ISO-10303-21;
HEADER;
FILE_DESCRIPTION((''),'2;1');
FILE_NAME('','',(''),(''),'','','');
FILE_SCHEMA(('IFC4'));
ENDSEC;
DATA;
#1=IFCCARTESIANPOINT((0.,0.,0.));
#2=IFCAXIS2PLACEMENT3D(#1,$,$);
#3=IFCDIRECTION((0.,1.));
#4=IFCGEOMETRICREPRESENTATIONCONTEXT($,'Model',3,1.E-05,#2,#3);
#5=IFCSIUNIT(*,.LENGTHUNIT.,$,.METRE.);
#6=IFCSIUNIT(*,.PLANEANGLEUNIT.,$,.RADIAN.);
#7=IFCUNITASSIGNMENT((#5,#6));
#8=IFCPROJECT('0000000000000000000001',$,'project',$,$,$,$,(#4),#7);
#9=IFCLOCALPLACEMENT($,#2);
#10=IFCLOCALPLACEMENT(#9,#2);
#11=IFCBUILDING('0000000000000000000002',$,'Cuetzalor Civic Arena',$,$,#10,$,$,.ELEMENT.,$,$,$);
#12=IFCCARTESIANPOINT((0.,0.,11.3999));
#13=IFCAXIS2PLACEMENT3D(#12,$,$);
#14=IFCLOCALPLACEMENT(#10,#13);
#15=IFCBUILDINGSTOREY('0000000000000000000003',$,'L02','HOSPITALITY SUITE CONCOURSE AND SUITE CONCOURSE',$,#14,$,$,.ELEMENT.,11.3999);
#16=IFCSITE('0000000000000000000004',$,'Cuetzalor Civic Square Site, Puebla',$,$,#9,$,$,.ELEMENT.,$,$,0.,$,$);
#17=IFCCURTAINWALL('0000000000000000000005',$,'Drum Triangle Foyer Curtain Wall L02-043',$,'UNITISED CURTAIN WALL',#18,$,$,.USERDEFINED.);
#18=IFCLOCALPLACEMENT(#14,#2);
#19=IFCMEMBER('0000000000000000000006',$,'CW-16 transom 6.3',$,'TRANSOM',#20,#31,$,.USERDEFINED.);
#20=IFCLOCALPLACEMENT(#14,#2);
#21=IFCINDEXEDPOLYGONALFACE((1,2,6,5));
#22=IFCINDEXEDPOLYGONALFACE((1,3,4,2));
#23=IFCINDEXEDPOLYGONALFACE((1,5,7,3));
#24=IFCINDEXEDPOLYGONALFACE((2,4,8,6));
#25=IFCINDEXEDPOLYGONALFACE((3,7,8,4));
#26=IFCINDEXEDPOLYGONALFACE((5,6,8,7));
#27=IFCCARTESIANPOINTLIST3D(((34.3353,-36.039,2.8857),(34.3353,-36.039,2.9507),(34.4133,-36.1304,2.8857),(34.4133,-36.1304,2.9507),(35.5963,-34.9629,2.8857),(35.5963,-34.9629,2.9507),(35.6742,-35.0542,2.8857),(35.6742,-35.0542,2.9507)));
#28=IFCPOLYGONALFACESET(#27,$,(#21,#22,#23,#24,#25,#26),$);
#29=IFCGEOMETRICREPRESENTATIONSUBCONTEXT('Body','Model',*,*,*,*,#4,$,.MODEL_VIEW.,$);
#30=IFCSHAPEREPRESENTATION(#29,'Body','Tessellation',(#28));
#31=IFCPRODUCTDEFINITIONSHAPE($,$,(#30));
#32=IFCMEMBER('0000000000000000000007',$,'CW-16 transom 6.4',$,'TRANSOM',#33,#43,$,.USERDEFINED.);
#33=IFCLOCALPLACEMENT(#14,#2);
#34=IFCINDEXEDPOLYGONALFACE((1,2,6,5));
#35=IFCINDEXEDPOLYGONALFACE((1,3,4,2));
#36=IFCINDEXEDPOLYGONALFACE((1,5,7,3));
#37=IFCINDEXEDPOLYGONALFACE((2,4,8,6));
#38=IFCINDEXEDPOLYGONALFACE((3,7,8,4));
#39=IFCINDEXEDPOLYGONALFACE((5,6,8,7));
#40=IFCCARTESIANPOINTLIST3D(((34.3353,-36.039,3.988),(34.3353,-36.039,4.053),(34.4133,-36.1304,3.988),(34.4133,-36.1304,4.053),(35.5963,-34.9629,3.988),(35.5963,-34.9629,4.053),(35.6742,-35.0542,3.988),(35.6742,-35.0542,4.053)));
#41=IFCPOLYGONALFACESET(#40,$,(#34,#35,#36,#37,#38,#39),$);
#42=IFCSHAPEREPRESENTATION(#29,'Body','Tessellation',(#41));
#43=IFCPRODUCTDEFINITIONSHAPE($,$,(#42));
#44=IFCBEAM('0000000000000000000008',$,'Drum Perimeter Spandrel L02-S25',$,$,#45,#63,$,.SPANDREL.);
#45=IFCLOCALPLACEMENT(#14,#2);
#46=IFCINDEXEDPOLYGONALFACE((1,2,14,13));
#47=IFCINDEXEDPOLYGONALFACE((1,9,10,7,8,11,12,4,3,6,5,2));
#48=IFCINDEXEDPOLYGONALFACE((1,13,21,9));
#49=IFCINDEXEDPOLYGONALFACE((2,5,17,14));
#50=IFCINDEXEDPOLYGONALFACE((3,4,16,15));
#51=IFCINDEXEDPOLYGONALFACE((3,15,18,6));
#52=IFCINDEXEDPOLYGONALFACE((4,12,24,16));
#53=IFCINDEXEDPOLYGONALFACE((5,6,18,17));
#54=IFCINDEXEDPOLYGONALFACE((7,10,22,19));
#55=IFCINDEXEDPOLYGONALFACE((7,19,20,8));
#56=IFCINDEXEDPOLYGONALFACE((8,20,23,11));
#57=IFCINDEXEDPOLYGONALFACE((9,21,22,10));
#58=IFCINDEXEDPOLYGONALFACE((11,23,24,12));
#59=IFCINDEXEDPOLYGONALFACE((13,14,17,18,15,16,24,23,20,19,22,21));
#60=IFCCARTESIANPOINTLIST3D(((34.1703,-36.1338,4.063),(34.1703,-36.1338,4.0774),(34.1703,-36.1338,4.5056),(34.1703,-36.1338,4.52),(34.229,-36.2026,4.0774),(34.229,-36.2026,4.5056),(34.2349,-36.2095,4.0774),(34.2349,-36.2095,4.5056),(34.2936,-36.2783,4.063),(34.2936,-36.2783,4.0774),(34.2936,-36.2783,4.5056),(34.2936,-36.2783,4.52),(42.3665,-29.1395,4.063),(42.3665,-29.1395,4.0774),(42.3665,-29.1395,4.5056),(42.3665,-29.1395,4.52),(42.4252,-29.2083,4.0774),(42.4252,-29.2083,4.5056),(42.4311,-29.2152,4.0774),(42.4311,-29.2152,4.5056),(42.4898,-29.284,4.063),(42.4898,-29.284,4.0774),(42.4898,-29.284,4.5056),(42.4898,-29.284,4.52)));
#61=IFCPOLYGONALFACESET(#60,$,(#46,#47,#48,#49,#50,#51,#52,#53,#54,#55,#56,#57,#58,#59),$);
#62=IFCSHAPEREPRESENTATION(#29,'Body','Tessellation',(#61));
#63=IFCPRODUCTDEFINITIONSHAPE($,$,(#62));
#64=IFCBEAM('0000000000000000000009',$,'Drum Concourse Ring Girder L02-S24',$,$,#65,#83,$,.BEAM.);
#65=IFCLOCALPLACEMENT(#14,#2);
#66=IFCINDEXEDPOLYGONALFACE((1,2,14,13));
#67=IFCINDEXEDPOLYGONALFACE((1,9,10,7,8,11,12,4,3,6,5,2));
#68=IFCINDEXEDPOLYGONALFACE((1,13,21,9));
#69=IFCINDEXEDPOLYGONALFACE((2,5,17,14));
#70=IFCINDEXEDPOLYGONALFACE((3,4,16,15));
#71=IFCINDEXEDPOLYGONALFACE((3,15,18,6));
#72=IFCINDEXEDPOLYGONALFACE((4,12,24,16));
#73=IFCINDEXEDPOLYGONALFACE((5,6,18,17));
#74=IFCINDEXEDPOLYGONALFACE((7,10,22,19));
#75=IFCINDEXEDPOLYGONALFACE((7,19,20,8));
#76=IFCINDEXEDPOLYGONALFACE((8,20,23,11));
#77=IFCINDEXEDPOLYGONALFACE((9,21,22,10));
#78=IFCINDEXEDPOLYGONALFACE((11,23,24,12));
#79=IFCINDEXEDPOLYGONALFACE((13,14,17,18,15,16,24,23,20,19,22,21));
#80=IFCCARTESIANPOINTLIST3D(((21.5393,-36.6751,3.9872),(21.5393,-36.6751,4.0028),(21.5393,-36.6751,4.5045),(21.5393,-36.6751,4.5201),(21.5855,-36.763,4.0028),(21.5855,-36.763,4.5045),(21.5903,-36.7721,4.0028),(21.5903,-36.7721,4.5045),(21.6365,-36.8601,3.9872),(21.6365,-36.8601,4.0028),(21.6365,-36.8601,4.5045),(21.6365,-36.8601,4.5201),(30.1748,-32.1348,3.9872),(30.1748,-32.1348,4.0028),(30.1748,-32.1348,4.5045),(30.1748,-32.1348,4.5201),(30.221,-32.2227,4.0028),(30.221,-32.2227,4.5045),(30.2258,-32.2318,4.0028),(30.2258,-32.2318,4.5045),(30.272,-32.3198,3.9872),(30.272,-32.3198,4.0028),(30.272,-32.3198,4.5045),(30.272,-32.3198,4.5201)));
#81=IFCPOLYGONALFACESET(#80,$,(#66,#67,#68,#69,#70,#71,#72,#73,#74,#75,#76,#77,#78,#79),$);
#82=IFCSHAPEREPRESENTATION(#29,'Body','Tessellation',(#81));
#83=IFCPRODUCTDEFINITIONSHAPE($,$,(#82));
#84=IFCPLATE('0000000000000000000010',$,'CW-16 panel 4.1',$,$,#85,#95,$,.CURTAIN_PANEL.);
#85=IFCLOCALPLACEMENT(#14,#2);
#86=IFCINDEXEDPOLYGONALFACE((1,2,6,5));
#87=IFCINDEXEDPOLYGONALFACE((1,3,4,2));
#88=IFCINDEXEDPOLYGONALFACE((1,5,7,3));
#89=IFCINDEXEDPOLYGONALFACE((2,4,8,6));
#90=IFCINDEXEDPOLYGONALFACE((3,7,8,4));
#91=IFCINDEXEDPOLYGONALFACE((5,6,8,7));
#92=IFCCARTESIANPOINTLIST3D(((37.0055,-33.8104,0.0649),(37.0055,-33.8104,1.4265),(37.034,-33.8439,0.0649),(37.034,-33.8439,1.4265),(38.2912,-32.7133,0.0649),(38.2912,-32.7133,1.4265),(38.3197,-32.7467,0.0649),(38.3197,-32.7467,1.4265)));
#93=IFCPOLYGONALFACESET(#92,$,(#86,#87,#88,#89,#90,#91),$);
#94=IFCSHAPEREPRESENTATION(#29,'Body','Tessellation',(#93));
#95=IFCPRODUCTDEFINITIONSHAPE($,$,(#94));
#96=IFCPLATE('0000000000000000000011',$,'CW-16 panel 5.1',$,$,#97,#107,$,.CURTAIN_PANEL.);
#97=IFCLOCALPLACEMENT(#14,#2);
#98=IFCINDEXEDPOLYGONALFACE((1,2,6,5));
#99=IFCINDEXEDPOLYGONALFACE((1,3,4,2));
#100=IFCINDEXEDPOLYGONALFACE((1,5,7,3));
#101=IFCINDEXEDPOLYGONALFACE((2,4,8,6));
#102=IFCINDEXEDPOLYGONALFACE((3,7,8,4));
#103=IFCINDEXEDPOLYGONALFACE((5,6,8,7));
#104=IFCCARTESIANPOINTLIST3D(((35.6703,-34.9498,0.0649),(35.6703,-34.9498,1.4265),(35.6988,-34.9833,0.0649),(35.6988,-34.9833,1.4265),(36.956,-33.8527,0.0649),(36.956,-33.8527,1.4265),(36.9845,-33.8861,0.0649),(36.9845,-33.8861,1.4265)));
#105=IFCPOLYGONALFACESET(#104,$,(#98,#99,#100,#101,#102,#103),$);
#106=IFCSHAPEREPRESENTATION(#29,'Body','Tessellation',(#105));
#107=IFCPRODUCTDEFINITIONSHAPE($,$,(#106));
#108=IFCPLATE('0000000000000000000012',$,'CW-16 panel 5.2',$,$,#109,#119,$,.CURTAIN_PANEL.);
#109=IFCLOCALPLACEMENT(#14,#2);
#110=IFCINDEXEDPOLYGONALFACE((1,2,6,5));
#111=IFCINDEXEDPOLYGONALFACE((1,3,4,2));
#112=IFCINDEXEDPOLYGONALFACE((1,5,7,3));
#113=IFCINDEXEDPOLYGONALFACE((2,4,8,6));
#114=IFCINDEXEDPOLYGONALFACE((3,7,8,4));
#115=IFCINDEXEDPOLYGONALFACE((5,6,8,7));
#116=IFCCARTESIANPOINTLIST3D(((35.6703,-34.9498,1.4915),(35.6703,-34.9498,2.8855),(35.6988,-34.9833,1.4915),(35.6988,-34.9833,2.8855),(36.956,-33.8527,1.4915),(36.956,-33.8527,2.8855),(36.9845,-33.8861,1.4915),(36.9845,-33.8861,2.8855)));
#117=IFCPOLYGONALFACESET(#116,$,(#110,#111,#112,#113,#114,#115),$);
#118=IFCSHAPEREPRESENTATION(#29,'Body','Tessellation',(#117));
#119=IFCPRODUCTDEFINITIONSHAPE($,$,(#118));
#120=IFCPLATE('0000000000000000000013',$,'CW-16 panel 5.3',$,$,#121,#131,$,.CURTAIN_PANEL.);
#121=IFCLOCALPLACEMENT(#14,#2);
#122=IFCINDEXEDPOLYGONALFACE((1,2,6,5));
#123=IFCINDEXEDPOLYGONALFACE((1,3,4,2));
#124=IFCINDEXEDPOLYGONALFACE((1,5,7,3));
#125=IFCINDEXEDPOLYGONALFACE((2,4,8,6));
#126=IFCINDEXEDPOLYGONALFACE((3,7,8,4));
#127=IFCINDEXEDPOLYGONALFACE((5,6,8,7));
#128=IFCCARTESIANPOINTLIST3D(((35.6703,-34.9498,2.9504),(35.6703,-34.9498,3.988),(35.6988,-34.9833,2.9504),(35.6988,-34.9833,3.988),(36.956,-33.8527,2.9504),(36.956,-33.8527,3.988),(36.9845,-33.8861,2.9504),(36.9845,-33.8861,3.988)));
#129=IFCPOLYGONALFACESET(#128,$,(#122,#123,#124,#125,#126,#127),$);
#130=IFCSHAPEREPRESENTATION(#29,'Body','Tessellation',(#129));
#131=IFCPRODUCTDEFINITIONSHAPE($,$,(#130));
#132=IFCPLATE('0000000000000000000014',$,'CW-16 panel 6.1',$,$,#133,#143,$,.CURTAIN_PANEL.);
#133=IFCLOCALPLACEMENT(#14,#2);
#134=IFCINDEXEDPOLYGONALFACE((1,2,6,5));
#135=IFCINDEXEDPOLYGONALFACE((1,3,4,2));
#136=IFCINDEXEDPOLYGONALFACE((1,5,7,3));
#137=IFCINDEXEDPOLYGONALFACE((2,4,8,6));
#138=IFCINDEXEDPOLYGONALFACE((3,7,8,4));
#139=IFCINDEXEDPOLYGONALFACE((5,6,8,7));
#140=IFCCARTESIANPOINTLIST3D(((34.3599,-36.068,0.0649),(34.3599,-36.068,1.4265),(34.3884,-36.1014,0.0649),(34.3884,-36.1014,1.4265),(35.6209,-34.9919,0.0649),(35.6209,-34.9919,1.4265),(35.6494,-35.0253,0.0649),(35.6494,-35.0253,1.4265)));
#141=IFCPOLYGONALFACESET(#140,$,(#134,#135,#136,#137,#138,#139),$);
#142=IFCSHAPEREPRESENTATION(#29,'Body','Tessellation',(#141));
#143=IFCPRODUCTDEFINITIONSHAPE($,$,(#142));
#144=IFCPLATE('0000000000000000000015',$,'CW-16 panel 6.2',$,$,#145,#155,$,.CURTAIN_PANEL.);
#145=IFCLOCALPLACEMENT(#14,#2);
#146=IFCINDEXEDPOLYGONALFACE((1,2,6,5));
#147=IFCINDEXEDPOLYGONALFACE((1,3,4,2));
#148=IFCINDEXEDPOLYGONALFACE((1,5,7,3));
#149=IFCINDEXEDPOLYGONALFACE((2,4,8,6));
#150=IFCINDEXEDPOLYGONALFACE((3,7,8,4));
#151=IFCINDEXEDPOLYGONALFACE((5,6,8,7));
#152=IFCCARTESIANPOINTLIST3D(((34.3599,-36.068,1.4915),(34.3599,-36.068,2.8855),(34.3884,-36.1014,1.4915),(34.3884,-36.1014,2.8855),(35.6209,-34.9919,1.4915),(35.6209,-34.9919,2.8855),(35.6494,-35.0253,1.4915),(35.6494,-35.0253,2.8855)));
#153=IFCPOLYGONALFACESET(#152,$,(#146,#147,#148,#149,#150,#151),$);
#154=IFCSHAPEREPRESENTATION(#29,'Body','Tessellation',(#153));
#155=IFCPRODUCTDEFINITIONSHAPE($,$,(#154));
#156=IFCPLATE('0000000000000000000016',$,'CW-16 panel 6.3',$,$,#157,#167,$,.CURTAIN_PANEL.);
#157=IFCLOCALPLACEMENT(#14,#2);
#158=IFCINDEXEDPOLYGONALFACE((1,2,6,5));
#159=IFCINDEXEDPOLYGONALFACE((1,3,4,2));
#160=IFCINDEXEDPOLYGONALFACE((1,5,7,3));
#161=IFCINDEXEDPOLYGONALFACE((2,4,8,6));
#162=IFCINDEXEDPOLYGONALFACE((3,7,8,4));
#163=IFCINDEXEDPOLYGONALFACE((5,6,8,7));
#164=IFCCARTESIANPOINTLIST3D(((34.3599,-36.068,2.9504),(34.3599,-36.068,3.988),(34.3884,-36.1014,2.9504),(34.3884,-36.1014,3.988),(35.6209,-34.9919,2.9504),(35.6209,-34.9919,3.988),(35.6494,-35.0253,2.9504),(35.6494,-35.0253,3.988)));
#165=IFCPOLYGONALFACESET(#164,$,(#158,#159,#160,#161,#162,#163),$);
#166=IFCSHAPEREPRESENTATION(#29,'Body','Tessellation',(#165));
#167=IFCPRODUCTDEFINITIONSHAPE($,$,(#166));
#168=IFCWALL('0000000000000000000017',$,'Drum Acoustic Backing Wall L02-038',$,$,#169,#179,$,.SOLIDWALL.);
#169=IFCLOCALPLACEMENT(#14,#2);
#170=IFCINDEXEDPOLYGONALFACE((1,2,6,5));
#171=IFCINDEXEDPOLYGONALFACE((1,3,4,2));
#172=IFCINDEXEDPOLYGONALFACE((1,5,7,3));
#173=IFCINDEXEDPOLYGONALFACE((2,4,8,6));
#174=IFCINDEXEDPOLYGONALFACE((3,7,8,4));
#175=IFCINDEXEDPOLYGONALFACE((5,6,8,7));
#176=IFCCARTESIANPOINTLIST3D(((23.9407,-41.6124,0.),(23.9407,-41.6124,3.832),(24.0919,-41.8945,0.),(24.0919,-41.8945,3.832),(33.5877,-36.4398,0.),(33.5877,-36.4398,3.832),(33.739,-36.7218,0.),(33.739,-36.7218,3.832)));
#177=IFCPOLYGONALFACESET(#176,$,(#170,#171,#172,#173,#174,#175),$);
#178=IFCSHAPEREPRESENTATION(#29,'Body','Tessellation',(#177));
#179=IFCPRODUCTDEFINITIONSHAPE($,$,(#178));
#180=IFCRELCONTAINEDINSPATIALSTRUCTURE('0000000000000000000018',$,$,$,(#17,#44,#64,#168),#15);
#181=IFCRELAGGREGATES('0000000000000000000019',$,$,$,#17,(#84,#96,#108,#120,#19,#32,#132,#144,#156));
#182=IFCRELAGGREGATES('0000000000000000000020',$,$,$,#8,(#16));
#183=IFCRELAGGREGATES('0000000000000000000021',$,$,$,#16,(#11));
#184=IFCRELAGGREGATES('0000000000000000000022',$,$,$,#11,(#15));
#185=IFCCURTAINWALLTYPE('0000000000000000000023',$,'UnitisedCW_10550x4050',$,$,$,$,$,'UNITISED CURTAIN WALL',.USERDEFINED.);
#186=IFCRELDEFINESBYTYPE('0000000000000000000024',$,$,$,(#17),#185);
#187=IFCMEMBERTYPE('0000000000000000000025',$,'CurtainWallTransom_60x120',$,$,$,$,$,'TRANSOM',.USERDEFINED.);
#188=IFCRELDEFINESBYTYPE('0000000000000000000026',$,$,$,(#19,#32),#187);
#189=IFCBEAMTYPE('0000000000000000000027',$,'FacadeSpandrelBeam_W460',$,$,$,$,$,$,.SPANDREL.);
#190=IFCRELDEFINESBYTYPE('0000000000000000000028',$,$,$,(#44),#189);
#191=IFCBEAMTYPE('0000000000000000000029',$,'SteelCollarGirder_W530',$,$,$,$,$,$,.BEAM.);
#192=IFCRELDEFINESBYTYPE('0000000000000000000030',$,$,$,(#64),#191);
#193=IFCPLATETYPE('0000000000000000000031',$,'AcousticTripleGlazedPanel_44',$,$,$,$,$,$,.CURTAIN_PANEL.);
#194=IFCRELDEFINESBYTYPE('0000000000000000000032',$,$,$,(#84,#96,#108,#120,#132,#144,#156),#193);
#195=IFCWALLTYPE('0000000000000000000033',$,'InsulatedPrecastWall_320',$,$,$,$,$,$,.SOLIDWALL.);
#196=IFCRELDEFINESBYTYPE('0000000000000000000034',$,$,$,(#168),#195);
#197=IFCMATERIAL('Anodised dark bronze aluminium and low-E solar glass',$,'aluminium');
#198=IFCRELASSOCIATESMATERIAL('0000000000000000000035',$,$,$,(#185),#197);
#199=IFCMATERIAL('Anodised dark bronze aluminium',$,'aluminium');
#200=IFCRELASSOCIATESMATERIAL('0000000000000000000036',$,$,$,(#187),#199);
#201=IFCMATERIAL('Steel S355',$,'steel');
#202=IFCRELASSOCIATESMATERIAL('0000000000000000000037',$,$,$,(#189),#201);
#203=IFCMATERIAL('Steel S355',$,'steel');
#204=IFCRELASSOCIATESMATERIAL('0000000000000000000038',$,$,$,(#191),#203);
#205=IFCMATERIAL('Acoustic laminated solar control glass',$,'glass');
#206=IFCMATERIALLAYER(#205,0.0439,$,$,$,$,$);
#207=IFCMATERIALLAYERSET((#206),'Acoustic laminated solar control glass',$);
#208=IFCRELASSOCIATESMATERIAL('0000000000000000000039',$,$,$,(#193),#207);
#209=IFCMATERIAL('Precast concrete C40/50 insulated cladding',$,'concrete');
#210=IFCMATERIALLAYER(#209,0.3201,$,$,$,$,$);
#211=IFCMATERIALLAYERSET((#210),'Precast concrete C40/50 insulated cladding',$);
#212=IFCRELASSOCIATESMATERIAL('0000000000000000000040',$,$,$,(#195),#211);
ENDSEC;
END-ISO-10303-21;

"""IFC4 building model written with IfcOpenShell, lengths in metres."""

from ifc_helpers import new_model, si_unit, direction, frame, frame_2d, origin, origin_2d, place, context, subcontext, project, spatial, rectangle, i_section, extrude, material, layer, layer_set, material_profile, profile_set, type_object, element, aggregate, save


model = new_model("IFC4")

# Units and contexts
model_context = context("Model", 3, precision=1e-05, world=origin(), true_north=direction((0.0, 1.0)))
body_context = subcontext(model_context, "Body", "Model", "MODEL_VIEW")
ifc_project = project(units=[si_unit("LENGTHUNIT", "METRE"), si_unit("PLANEANGLEUNIT", "RADIAN")], contexts=[model_context])

# Site, building, storey
site_placement = place(None, origin())
site = spatial("IfcSite", under=ifc_project, at=site_placement, Name="Cuetzalor Civic Square Site, Puebla", CompositionType="ELEMENT", RefElevation=0.0)
building_placement = place(site_placement, origin())
building = spatial("IfcBuilding", under=site, at=building_placement, Name="Cuetzalor Civic Arena", CompositionType="ELEMENT")
storey_placement = place(building_placement, frame((0.0, 0.0, 11.3999)))
storey = spatial("IfcBuildingStorey", under=building, at=storey_placement, Name="L02", Description="HOSPITALITY SUITE CONCOURSE AND SUITE CONCOURSE", CompositionType="ELEMENT", Elevation=11.3999)

# Curtain wall, members
ifc_material_1 = material(Name="Anodised dark bronze aluminium and low-E solar glass", Category="aluminium")
curtain_wall_type = type_object("IfcCurtainWallType", Name="UnitisedCW_10550x4050", ElementType="UNITISED CURTAIN WALL", PredefinedType="USERDEFINED", material=ifc_material_1)
curtain_wall_placement = place(storey_placement, origin())
curtain_wall = element("IfcCurtainWall", 1, at=curtain_wall_placement, inside=storey, type_object=curtain_wall_type, Name="Drum Triangle Foyer Curtain Wall L02-043", ObjectType="UNITISED CURTAIN WALL", PredefinedType="USERDEFINED")
ifc_material_2 = material(Name="Anodised dark bronze aluminium", Category="aluminium")
ifc_material_profile_1 = material_profile(ifc_material_2, rectangle(XDim=0.1201, YDim=0.0649, at=origin_2d()), Name="ALU TRANSOM 65x120")
ifc_profile_set_1 = profile_set([ifc_material_profile_1], Name="Anodised dark bronze aluminium")
member_type_1 = type_object("IfcMemberType", Name="CurtainWallTransom_60x120", ElementType="TRANSOM", PredefinedType="USERDEFINED", material=ifc_profile_set_1)
member_1_placement = place(storey_placement, frame((35.6353, -35.0085, 2.9182), z_axis=(-0.760648, -0.649165, 0.0), x_axis=(0.649165, -0.760648, 0.0)))
member_1 = element("IfcMember", 2, at=member_1_placement, type_object=member_type_1, Name="CW-16 transom 6.3", ObjectType="TRANSOM", PredefinedType="USERDEFINED", context=body_context, shape_type="SweptSolid", body=[
    extrude(rectangle(XDim=0.1201, YDim=0.0649, at=origin_2d()), origin(), (0.0, 0.0, 1.0), 1.6577),
])
member_2_placement = place(storey_placement, frame((35.6353, -35.0085, 4.0205), z_axis=(-0.760648, -0.649165, 0.0), x_axis=(0.649165, -0.760648, 0.0)))
member_2 = element("IfcMember", 3, at=member_2_placement, type_object=member_type_1, Name="CW-16 transom 6.4", ObjectType="TRANSOM", PredefinedType="USERDEFINED", context=body_context, shape_type="SweptSolid", body=[
    extrude(rectangle(XDim=0.1201, YDim=0.0649, at=origin_2d()), origin(), (0.0, 0.0, 1.0), 1.6577),
])

# Beams
ifc_material_3 = material(Name="Steel S355", Category="steel")
ifc_material_profile_2 = material_profile(ifc_material_3, i_section(OverallWidth=0.1899, OverallDepth=0.457, WebThickness=0.009, FlangeThickness=0.0144, at=origin_2d()), Name="W460x74")
ifc_profile_set_2 = profile_set([ifc_material_profile_2], Name="Steel S355")
beam_type_1 = type_object("IfcBeamType", Name="FacadeSpandrelBeam_W460", PredefinedType="SPANDREL", material=ifc_profile_set_2)
beam_1_placement = place(storey_placement, frame((34.2319, -36.2061, 4.2915), z_axis=(0.760677, 0.649131, 0.0), x_axis=(-0.649131, 0.760677, 0.0)))
element("IfcBeam", 4, at=beam_1_placement, inside=storey, type_object=beam_type_1, Name="Drum Perimeter Spandrel L02-S25", PredefinedType="SPANDREL", context=body_context, shape_type="SweptSolid", body=[
    extrude(i_section(OverallWidth=0.1899, OverallDepth=0.457, WebThickness=0.009, FlangeThickness=0.0144, at=origin_2d()), origin(), (0.0, 0.0, 1.0), 10.7749),
])
ifc_material_4 = material(Name="Steel S355", Category="steel")
ifc_material_profile_3 = material_profile(ifc_material_4, i_section(OverallWidth=0.209, OverallDepth=0.533, WebThickness=0.0103, FlangeThickness=0.0156, at=origin_2d()), Name="W530x92")
ifc_profile_set_3 = profile_set([ifc_material_profile_3], Name="Steel S355")
beam_type_2 = type_object("IfcBeamType", Name="SteelCollarGirder_W530", PredefinedType="BEAM", material=ifc_profile_set_3)
beam_2_placement = place(storey_placement, frame((21.5879, -36.7676, 4.2537), z_axis=(0.885117, 0.465368, 0.0), x_axis=(-0.465368, 0.885117, 0.0)))
element("IfcBeam", 5, at=beam_2_placement, inside=storey, type_object=beam_type_2, Name="Drum Concourse Ring Girder L02-S24", PredefinedType="BEAM", context=body_context, shape_type="SweptSolid", body=[
    extrude(i_section(OverallWidth=0.209, OverallDepth=0.533, WebThickness=0.0103, FlangeThickness=0.0156, at=origin_2d()), origin(), (0.0, 0.0, 1.0), 9.7563),
])

# Plates
ifc_material_5 = material(Name="Acoustic laminated solar control glass", Category="glass")
ifc_layer_1 = layer(ifc_material_5, 0.0439)
ifc_layer_set_1 = layer_set([ifc_layer_1], Name="Acoustic laminated solar control glass")
plate_type = type_object("IfcPlateType", Name="AcousticTripleGlazedPanel_44", PredefinedType="CURTAIN_PANEL", material=ifc_layer_set_1)
plate_1_placement = place(storey_placement, frame((37.6626, -33.2786, 0.0649), z_axis=(0.0, 0.0, 1.0), x_axis=(-0.760677, -0.64913, 0.0)))
plate_1 = element("IfcPlate", 6, at=plate_1_placement, type_object=plate_type, Name="CW-16 panel 4.1", PredefinedType="CURTAIN_PANEL", context=body_context, shape_type="SweptSolid", body=[
    extrude(rectangle(XDim=1.6902, YDim=0.0439, at=origin_2d()), origin(), (0.0, 0.0, 1.0), 1.3616),
])
plate_2_placement = place(storey_placement, frame((36.3274, -34.418, 0.0649), z_axis=(0.0, 0.0, 1.0), x_axis=(-0.760677, -0.64913, 0.0)))
plate_2 = element("IfcPlate", 7, at=plate_2_placement, type_object=plate_type, Name="CW-16 panel 5.1", PredefinedType="CURTAIN_PANEL", context=body_context, shape_type="SweptSolid", body=[
    extrude(rectangle(XDim=1.6902, YDim=0.0439, at=origin_2d()), origin(), (0.0, 0.0, 1.0), 1.3616),
])
plate_3_placement = place(storey_placement, frame((36.3274, -34.418, 1.4915), z_axis=(0.0, 0.0, 1.0), x_axis=(-0.760677, -0.64913, 0.0)))
plate_3 = element("IfcPlate", 8, at=plate_3_placement, type_object=plate_type, Name="CW-16 panel 5.2", PredefinedType="CURTAIN_PANEL", context=body_context, shape_type="SweptSolid", body=[
    extrude(rectangle(XDim=1.6902, YDim=0.0439, at=origin_2d()), origin(), (0.0, 0.0, 1.0), 1.394),
])
plate_4_placement = place(storey_placement, frame((36.3274, -34.418, 2.9504), z_axis=(0.0, 0.0, 1.0), x_axis=(-0.760677, -0.64913, 0.0)))
plate_4 = element("IfcPlate", 9, at=plate_4_placement, type_object=plate_type, Name="CW-16 panel 5.3", PredefinedType="CURTAIN_PANEL", context=body_context, shape_type="SweptSolid", body=[
    extrude(rectangle(XDim=1.6902, YDim=0.0439, at=origin_2d()), origin(), (0.0, 0.0, 1.0), 1.0376),
])
plate_5_placement = place(storey_placement, frame((35.0046, -35.5466, 0.0649), z_axis=(0.0, 0.0, 1.0), x_axis=(-0.760677, -0.64913, 0.0)))
plate_5 = element("IfcPlate", 10, at=plate_5_placement, type_object=plate_type, Name="CW-16 panel 6.1", PredefinedType="CURTAIN_PANEL", context=body_context, shape_type="SweptSolid", body=[
    extrude(rectangle(XDim=1.6577, YDim=0.0439, at=origin_2d()), origin(), (0.0, 0.0, 1.0), 1.3616),
])
plate_6_placement = place(storey_placement, frame((35.0046, -35.5466, 1.4915), z_axis=(0.0, 0.0, 1.0), x_axis=(-0.760677, -0.64913, 0.0)))
plate_6 = element("IfcPlate", 11, at=plate_6_placement, type_object=plate_type, Name="CW-16 panel 6.2", PredefinedType="CURTAIN_PANEL", context=body_context, shape_type="SweptSolid", body=[
    extrude(rectangle(XDim=1.6577, YDim=0.0439, at=origin_2d()), origin(), (0.0, 0.0, 1.0), 1.394),
])
plate_7_placement = place(storey_placement, frame((35.0046, -35.5466, 2.9504), z_axis=(0.0, 0.0, 1.0), x_axis=(-0.760677, -0.64913, 0.0)))
plate_7 = element("IfcPlate", 12, at=plate_7_placement, type_object=plate_type, Name="CW-16 panel 6.3", PredefinedType="CURTAIN_PANEL", context=body_context, shape_type="SweptSolid", body=[
    extrude(rectangle(XDim=1.6577, YDim=0.0439, at=origin_2d()), origin(), (0.0, 0.0, 1.0), 1.0376),
])
aggregate(curtain_wall, [plate_1, plate_2, plate_3, plate_4, member_1, member_2, plate_5, plate_6, plate_7])

# Wall
ifc_material_6 = material(Name="Precast concrete C40/50 insulated cladding", Category="concrete")
ifc_layer_2 = layer(ifc_material_6, 0.3201)
ifc_layer_set_2 = layer_set([ifc_layer_2], Name="Precast concrete C40/50 insulated cladding")
wall_type = type_object("IfcWallType", Name="InsulatedPrecastWall_320", PredefinedType="SOLIDWALL", material=ifc_layer_set_2)
wall_placement = place(storey_placement, frame((33.6633, -36.5808, 0.0), z_axis=(0.0, 0.0, 1.0), x_axis=(-0.881306, -0.472547, 0.0)))
element("IfcWall", 13, at=wall_placement, inside=storey, type_object=wall_type, Name="Drum Acoustic Backing Wall L02-038", PredefinedType="SOLIDWALL", context=body_context, shape_type="SweptSolid", body=[
    extrude(rectangle(XDim=10.9463, YDim=0.3201, at=frame_2d((5.4731, 0.0))), origin(), (0.0, 0.0, 1.0), 3.832),
])

save(model, "model.ifc")
